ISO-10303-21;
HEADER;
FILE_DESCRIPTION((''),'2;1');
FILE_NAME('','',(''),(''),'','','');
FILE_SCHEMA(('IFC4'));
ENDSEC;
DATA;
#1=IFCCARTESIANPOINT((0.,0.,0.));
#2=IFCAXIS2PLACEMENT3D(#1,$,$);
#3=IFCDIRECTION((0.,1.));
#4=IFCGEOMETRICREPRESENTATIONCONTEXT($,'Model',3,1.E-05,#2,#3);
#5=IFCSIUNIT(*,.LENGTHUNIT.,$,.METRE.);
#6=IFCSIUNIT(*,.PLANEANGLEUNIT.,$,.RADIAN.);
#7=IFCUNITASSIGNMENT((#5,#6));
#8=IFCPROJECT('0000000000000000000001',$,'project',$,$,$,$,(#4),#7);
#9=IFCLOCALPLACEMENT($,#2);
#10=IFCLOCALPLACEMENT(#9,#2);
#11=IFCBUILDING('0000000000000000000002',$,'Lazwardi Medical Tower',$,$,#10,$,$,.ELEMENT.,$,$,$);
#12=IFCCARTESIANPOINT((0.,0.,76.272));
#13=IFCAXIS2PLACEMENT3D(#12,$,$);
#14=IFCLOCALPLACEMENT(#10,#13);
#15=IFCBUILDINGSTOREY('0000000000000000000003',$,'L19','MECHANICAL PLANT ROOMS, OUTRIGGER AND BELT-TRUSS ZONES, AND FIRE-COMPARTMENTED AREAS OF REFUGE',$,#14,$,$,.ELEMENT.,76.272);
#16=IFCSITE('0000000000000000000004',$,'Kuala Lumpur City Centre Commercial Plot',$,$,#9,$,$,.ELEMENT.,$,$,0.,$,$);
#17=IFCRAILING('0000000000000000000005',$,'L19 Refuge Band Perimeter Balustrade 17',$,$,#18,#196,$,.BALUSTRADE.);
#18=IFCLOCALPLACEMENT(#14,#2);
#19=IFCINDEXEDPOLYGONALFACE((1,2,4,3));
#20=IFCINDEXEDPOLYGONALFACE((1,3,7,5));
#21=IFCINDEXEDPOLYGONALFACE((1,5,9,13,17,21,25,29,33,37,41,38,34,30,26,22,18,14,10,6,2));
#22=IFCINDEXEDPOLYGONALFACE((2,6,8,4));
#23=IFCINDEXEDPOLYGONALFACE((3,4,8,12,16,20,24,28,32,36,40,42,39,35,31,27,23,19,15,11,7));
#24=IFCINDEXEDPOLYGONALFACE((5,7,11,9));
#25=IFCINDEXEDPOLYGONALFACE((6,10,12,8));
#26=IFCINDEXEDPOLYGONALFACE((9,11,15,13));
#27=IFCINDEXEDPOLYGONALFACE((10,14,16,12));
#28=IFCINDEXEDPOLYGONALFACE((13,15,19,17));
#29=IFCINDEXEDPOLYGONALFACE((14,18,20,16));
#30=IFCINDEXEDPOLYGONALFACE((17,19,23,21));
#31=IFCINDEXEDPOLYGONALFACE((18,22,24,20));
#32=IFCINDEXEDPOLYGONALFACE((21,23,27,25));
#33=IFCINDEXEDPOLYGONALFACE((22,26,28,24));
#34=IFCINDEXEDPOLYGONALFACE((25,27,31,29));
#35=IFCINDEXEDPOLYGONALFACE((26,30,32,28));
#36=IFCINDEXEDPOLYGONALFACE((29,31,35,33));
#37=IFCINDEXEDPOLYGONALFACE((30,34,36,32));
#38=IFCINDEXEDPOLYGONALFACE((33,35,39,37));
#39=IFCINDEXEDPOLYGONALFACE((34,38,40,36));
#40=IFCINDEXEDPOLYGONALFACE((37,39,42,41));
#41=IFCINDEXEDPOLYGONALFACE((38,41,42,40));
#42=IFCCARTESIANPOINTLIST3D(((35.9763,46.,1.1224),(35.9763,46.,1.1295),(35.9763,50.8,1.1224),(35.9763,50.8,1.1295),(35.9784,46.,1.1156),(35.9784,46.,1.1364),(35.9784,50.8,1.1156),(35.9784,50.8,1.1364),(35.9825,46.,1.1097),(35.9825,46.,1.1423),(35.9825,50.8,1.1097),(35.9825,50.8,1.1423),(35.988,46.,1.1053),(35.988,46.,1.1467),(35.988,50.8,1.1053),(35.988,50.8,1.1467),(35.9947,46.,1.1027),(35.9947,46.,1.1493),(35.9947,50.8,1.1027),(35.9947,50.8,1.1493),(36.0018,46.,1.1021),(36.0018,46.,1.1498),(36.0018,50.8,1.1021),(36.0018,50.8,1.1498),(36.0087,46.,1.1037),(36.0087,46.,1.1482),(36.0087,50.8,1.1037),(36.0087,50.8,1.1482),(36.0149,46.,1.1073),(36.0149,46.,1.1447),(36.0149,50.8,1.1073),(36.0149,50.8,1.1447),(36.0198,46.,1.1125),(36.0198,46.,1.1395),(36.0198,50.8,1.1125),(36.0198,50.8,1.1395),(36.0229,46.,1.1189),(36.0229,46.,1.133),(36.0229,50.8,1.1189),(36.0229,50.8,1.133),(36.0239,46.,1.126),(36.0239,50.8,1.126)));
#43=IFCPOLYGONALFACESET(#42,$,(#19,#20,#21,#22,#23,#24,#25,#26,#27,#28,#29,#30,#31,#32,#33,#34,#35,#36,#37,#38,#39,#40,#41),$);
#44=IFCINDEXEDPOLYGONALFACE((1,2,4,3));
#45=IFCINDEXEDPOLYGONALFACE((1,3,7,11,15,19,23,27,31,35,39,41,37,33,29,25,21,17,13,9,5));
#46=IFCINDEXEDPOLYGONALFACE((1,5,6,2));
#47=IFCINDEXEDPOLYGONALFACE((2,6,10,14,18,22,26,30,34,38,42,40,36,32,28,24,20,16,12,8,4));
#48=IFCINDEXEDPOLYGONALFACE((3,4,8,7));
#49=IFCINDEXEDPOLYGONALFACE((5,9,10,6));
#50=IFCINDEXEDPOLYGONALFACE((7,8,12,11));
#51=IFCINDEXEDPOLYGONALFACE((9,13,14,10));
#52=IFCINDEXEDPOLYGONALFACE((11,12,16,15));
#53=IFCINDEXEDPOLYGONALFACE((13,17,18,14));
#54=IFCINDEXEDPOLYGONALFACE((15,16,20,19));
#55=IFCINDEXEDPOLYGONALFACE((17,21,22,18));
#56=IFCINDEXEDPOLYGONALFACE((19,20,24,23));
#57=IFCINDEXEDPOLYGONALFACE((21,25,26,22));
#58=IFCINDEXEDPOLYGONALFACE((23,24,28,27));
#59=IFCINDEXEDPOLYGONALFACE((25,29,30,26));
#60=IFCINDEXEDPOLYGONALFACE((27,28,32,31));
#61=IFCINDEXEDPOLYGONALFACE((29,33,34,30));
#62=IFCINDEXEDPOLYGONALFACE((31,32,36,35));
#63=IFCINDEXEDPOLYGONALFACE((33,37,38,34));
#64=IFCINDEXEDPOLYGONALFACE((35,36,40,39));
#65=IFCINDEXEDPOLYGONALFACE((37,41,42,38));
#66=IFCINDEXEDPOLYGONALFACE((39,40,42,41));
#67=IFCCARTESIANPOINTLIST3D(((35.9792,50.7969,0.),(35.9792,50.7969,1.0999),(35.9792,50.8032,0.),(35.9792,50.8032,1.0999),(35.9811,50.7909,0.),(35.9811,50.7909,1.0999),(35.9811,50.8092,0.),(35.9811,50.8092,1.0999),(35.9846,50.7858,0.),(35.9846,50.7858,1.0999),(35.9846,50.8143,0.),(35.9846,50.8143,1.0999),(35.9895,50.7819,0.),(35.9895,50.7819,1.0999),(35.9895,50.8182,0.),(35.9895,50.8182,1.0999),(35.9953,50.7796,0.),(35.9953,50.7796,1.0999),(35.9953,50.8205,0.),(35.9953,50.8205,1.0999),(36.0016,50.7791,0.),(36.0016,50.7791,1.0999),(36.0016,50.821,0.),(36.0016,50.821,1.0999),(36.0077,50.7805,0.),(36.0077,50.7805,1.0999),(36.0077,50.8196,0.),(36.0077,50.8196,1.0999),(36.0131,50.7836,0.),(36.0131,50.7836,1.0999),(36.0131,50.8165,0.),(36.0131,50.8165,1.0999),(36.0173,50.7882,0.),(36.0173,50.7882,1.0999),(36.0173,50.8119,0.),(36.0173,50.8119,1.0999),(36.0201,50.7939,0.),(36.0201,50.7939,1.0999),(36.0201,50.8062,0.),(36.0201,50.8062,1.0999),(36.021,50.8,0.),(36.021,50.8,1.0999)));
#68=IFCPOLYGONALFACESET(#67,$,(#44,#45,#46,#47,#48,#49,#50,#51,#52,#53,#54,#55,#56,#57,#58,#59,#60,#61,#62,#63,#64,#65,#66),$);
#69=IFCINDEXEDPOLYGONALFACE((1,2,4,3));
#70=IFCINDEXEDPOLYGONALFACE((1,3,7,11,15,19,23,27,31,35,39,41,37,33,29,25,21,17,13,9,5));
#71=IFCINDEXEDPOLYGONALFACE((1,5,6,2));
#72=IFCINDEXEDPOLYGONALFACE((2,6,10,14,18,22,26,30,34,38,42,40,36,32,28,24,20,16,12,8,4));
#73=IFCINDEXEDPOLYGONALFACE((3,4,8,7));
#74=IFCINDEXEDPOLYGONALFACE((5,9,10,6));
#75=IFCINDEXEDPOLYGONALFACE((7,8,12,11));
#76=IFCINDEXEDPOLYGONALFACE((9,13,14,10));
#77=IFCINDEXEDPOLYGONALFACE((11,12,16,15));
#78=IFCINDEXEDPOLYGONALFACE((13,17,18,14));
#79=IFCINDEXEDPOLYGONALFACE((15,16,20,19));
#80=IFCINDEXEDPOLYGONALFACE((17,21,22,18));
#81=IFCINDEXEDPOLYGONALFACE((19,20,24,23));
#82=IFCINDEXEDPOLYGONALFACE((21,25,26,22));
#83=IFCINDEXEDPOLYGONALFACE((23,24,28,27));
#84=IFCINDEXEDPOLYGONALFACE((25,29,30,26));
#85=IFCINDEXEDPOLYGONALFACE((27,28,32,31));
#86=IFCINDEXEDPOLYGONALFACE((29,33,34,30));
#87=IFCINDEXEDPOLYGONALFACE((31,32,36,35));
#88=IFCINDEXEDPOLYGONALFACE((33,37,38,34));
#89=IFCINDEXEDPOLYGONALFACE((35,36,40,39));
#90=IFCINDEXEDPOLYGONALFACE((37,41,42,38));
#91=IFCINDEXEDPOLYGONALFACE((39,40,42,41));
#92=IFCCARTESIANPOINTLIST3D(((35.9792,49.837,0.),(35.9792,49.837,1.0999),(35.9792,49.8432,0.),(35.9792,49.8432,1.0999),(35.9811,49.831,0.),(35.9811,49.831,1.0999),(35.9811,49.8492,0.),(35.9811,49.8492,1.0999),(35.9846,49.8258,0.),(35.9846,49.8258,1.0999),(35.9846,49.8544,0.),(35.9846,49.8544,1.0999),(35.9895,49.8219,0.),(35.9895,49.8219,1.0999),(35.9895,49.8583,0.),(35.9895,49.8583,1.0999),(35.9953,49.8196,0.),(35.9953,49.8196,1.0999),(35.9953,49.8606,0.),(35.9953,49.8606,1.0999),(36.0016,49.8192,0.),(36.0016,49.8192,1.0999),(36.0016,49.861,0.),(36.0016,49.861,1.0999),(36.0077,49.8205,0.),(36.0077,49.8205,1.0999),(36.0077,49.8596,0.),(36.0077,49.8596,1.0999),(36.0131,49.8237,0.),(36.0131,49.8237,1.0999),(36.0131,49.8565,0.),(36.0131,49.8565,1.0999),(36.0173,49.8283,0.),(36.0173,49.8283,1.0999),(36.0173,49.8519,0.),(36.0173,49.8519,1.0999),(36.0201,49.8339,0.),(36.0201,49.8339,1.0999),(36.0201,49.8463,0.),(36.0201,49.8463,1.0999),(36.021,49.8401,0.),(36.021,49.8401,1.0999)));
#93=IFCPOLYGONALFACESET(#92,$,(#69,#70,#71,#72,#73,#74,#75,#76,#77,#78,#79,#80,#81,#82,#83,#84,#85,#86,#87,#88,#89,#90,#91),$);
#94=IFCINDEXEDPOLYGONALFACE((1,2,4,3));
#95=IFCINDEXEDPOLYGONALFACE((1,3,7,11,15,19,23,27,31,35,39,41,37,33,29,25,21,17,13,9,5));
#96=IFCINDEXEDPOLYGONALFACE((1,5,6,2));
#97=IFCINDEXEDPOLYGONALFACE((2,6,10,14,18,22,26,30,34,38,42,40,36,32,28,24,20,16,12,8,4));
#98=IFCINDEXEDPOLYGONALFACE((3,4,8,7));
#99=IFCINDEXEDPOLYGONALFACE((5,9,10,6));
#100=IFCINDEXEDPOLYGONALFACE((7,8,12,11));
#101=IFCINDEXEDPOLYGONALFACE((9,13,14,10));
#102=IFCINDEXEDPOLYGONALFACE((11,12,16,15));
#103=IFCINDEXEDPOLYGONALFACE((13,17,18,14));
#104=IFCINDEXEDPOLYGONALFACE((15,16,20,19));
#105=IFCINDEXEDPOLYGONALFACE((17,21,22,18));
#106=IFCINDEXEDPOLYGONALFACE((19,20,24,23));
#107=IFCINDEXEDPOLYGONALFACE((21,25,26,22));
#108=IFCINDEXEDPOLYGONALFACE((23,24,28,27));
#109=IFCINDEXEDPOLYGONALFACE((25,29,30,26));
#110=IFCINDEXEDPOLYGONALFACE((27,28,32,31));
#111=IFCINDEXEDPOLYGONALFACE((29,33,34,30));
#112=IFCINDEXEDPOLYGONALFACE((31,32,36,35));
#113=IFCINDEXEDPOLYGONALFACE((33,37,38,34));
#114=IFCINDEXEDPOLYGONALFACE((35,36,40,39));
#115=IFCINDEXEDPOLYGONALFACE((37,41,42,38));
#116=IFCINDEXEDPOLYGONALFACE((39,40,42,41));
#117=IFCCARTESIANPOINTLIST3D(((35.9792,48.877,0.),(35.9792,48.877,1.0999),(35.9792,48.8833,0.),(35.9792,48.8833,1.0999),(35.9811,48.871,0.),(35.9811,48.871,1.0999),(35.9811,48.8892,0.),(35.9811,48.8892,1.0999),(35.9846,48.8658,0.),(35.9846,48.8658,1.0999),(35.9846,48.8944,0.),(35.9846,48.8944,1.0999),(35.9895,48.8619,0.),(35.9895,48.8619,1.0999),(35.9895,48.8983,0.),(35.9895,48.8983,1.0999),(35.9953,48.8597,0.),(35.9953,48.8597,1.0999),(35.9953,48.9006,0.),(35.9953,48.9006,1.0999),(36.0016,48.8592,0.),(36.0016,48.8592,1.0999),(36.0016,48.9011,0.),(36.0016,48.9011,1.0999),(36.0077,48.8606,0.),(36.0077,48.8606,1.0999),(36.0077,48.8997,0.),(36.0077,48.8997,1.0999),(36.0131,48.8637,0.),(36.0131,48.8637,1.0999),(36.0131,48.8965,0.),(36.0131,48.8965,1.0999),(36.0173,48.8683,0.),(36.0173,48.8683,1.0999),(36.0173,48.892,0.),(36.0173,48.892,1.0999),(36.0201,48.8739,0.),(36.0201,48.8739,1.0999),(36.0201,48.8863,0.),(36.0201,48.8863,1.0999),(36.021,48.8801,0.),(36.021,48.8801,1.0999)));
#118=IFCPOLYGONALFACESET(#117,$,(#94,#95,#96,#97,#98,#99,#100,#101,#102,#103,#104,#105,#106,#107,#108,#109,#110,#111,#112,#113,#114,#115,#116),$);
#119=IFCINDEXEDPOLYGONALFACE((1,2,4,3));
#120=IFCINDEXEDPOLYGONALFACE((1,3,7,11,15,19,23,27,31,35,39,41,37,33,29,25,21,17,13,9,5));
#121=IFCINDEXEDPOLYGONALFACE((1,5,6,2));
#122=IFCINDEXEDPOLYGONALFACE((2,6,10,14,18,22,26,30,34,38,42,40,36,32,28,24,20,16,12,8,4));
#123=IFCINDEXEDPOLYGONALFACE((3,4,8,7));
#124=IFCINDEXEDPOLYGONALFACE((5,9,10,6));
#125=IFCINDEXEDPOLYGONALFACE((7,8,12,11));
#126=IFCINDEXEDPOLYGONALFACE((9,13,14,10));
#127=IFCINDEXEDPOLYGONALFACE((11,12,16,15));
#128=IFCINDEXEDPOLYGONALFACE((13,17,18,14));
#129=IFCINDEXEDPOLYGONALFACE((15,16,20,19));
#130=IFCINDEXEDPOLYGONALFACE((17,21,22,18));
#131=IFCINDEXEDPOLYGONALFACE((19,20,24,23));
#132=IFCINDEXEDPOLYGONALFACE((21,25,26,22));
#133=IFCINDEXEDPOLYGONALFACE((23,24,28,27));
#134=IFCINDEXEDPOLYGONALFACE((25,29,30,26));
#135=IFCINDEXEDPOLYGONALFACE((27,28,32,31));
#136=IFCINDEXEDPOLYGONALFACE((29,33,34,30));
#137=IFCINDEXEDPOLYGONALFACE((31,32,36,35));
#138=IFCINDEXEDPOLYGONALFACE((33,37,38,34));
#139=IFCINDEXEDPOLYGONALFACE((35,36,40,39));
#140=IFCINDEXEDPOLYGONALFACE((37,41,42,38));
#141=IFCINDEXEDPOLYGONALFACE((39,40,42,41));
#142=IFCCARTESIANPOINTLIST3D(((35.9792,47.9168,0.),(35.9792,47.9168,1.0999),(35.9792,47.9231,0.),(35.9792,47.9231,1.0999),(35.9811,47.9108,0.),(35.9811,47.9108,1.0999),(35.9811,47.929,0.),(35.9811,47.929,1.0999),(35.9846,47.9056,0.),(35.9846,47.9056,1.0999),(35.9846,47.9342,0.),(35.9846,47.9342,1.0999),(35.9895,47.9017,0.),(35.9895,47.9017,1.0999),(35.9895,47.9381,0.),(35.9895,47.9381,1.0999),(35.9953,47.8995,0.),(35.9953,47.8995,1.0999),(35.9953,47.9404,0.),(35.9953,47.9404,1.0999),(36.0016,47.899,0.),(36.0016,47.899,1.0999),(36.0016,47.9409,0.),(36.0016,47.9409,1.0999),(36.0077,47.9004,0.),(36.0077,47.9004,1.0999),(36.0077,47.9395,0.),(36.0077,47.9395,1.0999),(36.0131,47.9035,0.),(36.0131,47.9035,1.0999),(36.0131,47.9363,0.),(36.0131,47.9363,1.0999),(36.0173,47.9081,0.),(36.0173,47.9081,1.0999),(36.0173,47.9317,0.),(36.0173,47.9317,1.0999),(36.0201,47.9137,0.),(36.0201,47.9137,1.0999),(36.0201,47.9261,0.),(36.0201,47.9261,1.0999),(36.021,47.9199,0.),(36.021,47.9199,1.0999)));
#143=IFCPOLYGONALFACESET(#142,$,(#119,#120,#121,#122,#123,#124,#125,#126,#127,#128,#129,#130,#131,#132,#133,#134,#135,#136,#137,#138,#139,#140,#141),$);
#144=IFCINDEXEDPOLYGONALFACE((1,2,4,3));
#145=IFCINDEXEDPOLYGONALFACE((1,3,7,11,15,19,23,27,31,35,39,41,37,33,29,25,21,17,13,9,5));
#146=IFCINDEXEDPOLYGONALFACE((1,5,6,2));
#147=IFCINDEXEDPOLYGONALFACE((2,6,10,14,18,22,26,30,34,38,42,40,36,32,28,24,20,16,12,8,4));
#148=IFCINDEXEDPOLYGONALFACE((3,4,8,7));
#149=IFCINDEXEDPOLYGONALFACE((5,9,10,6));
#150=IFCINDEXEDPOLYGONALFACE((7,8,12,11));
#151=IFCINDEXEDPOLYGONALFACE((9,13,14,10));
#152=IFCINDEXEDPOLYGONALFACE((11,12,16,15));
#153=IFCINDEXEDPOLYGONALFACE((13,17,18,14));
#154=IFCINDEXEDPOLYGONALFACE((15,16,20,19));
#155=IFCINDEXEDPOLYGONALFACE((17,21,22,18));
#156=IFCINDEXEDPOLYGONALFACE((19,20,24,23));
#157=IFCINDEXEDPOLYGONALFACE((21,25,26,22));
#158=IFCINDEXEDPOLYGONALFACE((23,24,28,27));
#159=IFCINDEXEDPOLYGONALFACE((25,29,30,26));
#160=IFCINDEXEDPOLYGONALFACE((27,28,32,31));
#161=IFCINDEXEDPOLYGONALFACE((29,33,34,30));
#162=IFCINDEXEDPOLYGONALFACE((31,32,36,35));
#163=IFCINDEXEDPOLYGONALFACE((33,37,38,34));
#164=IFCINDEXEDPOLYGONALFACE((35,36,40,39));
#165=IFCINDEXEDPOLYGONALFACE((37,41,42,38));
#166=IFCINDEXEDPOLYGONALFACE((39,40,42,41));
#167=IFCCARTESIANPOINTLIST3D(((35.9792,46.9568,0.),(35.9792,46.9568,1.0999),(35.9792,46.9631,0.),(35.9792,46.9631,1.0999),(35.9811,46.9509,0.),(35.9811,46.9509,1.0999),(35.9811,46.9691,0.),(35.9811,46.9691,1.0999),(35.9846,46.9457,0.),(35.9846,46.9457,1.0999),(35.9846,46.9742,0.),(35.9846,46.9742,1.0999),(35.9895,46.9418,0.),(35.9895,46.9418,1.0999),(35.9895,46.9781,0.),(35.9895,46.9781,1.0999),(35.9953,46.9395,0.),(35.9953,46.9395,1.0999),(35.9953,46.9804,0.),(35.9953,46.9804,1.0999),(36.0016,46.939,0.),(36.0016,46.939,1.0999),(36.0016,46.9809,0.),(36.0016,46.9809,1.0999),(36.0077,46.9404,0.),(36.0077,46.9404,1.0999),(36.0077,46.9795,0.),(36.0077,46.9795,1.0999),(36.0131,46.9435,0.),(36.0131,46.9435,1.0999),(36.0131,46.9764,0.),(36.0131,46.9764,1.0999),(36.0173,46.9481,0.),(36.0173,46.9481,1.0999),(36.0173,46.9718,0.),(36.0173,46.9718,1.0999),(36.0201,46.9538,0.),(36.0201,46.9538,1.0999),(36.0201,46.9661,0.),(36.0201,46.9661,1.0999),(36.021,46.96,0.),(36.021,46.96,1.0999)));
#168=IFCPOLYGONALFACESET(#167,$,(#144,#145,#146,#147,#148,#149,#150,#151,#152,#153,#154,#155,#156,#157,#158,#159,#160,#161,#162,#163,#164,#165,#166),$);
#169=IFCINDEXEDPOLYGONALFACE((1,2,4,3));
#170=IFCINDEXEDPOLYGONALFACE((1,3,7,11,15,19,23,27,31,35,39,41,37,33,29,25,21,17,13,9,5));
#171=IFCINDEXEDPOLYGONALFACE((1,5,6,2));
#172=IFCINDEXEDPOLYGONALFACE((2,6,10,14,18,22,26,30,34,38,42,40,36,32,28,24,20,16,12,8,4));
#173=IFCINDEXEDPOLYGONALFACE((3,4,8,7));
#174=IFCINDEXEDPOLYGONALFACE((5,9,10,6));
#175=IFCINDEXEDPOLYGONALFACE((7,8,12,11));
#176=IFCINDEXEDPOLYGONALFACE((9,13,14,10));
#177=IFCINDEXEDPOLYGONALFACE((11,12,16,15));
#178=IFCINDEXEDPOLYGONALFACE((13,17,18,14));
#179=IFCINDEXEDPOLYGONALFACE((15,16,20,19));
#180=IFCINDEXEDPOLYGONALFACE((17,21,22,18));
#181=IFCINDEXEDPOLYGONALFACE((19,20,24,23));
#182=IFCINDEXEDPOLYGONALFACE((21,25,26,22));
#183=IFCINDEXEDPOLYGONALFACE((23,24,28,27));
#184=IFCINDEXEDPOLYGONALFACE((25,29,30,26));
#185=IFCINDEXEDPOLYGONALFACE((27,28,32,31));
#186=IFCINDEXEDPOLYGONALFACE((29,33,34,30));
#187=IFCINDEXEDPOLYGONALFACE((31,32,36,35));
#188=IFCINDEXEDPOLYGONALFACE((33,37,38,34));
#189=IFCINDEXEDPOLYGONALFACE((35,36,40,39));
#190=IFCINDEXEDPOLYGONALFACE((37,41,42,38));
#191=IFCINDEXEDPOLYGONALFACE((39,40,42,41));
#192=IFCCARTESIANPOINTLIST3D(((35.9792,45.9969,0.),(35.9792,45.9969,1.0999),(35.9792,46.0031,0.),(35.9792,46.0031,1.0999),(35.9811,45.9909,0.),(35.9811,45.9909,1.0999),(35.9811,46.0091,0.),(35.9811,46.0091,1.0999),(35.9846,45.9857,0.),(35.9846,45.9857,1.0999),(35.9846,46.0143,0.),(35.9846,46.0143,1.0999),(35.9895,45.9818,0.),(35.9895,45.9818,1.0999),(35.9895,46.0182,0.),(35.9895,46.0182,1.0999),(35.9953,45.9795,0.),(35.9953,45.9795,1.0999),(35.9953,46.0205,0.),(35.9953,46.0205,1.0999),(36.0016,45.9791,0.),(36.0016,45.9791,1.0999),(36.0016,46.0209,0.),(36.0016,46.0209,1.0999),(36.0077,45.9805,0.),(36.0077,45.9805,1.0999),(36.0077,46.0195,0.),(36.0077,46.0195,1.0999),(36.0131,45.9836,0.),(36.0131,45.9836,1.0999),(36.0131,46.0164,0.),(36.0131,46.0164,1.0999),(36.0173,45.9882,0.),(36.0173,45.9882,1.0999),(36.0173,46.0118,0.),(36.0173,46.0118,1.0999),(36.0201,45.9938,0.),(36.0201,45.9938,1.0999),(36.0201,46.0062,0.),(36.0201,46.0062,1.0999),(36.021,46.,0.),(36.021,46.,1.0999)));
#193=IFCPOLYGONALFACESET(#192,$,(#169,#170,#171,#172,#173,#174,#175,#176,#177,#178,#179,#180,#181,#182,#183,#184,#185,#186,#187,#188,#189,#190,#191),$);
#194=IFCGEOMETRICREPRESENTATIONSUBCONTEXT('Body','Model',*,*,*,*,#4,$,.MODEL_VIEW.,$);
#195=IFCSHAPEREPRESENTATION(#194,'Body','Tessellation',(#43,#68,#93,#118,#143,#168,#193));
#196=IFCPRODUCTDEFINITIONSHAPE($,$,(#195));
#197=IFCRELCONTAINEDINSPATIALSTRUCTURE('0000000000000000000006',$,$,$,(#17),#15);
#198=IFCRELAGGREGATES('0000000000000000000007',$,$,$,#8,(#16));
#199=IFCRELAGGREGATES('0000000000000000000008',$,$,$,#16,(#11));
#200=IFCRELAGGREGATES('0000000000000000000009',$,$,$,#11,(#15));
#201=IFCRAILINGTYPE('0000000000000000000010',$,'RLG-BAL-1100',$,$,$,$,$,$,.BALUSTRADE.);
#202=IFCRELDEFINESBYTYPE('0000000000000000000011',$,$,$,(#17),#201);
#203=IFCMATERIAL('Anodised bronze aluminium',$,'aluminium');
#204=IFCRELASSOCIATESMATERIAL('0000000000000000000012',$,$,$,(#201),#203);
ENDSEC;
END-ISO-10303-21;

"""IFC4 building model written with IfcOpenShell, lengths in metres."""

from ifc_helpers import new_model, si_unit, direction, frame, origin, origin_2d, place, context, subcontext, project, spatial, circle, extrude, material, type_object, element, save


model = new_model("IFC4")

# Units and contexts
model_context = context("Model", 3, precision=1e-05, world=origin(), true_north=direction((0.0, 1.0)))
body_context = subcontext(model_context, "Body", "Model", "MODEL_VIEW")
ifc_project = project(units=[si_unit("LENGTHUNIT", "METRE"), si_unit("PLANEANGLEUNIT", "RADIAN")], contexts=[model_context])

# Site, building, storey
site_placement = place(None, origin())
site = spatial("IfcSite", under=ifc_project, at=site_placement, Name="Kuala Lumpur City Centre Commercial Plot", CompositionType="ELEMENT", RefElevation=0.0)
building_placement = place(site_placement, origin())
building = spatial("IfcBuilding", under=site, at=building_placement, Name="Lazwardi Medical Tower", CompositionType="ELEMENT")
storey_placement = place(building_placement, frame((0.0, 0.0, 76.272)))
storey = spatial("IfcBuildingStorey", under=building, at=storey_placement, Name="L19", Description="MECHANICAL PLANT ROOMS, OUTRIGGER AND BELT-TRUSS ZONES, AND FIRE-COMPARTMENTED AREAS OF REFUGE", CompositionType="ELEMENT", Elevation=76.272)

# Railing
ifc_material_1 = material(Name="Anodised bronze aluminium", Category="aluminium")
railing_type = type_object("IfcRailingType", Name="RLG-BAL-1100", PredefinedType="BALUSTRADE", material=ifc_material_1)
railing_1_placement = place(storey_placement, frame((36.0, 50.8, 0.0)))
element("IfcRailing", 1, at=railing_1_placement, inside=storey, type_object=railing_type, Name="L19 Refuge Band Perimeter Balustrade 17", PredefinedType="BALUSTRADE", context=body_context, shape_type="SweptSolid", body=[
    extrude(circle(Radius=0.0239, at=origin_2d()), frame((0.0, 0.0, 1.126), z_axis=(0.0, -1.0, 0.0), x_axis=(1.0, 0.0, 0.0)), (0.0, 0.0, 1.0), 4.8),
    extrude(circle(Radius=0.021, at=origin_2d()), origin(), (0.0, 0.0, 1.0), 1.0999),
    extrude(circle(Radius=0.021, at=origin_2d()), frame((0.0, -0.96, 0.0)), (0.0, 0.0, 1.0), 1.0999),
    extrude(circle(Radius=0.021, at=origin_2d()), frame((0.0, -1.9199, 0.0)), (0.0, 0.0, 1.0), 1.0999),
    extrude(circle(Radius=0.021, at=origin_2d()), frame((0.0, -2.8801, 0.0)), (0.0, 0.0, 1.0), 1.0999),
    extrude(circle(Radius=0.021, at=origin_2d()), frame((0.0, -3.8401, 0.0)), (0.0, 0.0, 1.0), 1.0999),
    extrude(circle(Radius=0.021, at=origin_2d()), frame((0.0, -4.8, 0.0)), (0.0, 0.0, 1.0), 1.0999),
])

save(model, "model.ifc")
